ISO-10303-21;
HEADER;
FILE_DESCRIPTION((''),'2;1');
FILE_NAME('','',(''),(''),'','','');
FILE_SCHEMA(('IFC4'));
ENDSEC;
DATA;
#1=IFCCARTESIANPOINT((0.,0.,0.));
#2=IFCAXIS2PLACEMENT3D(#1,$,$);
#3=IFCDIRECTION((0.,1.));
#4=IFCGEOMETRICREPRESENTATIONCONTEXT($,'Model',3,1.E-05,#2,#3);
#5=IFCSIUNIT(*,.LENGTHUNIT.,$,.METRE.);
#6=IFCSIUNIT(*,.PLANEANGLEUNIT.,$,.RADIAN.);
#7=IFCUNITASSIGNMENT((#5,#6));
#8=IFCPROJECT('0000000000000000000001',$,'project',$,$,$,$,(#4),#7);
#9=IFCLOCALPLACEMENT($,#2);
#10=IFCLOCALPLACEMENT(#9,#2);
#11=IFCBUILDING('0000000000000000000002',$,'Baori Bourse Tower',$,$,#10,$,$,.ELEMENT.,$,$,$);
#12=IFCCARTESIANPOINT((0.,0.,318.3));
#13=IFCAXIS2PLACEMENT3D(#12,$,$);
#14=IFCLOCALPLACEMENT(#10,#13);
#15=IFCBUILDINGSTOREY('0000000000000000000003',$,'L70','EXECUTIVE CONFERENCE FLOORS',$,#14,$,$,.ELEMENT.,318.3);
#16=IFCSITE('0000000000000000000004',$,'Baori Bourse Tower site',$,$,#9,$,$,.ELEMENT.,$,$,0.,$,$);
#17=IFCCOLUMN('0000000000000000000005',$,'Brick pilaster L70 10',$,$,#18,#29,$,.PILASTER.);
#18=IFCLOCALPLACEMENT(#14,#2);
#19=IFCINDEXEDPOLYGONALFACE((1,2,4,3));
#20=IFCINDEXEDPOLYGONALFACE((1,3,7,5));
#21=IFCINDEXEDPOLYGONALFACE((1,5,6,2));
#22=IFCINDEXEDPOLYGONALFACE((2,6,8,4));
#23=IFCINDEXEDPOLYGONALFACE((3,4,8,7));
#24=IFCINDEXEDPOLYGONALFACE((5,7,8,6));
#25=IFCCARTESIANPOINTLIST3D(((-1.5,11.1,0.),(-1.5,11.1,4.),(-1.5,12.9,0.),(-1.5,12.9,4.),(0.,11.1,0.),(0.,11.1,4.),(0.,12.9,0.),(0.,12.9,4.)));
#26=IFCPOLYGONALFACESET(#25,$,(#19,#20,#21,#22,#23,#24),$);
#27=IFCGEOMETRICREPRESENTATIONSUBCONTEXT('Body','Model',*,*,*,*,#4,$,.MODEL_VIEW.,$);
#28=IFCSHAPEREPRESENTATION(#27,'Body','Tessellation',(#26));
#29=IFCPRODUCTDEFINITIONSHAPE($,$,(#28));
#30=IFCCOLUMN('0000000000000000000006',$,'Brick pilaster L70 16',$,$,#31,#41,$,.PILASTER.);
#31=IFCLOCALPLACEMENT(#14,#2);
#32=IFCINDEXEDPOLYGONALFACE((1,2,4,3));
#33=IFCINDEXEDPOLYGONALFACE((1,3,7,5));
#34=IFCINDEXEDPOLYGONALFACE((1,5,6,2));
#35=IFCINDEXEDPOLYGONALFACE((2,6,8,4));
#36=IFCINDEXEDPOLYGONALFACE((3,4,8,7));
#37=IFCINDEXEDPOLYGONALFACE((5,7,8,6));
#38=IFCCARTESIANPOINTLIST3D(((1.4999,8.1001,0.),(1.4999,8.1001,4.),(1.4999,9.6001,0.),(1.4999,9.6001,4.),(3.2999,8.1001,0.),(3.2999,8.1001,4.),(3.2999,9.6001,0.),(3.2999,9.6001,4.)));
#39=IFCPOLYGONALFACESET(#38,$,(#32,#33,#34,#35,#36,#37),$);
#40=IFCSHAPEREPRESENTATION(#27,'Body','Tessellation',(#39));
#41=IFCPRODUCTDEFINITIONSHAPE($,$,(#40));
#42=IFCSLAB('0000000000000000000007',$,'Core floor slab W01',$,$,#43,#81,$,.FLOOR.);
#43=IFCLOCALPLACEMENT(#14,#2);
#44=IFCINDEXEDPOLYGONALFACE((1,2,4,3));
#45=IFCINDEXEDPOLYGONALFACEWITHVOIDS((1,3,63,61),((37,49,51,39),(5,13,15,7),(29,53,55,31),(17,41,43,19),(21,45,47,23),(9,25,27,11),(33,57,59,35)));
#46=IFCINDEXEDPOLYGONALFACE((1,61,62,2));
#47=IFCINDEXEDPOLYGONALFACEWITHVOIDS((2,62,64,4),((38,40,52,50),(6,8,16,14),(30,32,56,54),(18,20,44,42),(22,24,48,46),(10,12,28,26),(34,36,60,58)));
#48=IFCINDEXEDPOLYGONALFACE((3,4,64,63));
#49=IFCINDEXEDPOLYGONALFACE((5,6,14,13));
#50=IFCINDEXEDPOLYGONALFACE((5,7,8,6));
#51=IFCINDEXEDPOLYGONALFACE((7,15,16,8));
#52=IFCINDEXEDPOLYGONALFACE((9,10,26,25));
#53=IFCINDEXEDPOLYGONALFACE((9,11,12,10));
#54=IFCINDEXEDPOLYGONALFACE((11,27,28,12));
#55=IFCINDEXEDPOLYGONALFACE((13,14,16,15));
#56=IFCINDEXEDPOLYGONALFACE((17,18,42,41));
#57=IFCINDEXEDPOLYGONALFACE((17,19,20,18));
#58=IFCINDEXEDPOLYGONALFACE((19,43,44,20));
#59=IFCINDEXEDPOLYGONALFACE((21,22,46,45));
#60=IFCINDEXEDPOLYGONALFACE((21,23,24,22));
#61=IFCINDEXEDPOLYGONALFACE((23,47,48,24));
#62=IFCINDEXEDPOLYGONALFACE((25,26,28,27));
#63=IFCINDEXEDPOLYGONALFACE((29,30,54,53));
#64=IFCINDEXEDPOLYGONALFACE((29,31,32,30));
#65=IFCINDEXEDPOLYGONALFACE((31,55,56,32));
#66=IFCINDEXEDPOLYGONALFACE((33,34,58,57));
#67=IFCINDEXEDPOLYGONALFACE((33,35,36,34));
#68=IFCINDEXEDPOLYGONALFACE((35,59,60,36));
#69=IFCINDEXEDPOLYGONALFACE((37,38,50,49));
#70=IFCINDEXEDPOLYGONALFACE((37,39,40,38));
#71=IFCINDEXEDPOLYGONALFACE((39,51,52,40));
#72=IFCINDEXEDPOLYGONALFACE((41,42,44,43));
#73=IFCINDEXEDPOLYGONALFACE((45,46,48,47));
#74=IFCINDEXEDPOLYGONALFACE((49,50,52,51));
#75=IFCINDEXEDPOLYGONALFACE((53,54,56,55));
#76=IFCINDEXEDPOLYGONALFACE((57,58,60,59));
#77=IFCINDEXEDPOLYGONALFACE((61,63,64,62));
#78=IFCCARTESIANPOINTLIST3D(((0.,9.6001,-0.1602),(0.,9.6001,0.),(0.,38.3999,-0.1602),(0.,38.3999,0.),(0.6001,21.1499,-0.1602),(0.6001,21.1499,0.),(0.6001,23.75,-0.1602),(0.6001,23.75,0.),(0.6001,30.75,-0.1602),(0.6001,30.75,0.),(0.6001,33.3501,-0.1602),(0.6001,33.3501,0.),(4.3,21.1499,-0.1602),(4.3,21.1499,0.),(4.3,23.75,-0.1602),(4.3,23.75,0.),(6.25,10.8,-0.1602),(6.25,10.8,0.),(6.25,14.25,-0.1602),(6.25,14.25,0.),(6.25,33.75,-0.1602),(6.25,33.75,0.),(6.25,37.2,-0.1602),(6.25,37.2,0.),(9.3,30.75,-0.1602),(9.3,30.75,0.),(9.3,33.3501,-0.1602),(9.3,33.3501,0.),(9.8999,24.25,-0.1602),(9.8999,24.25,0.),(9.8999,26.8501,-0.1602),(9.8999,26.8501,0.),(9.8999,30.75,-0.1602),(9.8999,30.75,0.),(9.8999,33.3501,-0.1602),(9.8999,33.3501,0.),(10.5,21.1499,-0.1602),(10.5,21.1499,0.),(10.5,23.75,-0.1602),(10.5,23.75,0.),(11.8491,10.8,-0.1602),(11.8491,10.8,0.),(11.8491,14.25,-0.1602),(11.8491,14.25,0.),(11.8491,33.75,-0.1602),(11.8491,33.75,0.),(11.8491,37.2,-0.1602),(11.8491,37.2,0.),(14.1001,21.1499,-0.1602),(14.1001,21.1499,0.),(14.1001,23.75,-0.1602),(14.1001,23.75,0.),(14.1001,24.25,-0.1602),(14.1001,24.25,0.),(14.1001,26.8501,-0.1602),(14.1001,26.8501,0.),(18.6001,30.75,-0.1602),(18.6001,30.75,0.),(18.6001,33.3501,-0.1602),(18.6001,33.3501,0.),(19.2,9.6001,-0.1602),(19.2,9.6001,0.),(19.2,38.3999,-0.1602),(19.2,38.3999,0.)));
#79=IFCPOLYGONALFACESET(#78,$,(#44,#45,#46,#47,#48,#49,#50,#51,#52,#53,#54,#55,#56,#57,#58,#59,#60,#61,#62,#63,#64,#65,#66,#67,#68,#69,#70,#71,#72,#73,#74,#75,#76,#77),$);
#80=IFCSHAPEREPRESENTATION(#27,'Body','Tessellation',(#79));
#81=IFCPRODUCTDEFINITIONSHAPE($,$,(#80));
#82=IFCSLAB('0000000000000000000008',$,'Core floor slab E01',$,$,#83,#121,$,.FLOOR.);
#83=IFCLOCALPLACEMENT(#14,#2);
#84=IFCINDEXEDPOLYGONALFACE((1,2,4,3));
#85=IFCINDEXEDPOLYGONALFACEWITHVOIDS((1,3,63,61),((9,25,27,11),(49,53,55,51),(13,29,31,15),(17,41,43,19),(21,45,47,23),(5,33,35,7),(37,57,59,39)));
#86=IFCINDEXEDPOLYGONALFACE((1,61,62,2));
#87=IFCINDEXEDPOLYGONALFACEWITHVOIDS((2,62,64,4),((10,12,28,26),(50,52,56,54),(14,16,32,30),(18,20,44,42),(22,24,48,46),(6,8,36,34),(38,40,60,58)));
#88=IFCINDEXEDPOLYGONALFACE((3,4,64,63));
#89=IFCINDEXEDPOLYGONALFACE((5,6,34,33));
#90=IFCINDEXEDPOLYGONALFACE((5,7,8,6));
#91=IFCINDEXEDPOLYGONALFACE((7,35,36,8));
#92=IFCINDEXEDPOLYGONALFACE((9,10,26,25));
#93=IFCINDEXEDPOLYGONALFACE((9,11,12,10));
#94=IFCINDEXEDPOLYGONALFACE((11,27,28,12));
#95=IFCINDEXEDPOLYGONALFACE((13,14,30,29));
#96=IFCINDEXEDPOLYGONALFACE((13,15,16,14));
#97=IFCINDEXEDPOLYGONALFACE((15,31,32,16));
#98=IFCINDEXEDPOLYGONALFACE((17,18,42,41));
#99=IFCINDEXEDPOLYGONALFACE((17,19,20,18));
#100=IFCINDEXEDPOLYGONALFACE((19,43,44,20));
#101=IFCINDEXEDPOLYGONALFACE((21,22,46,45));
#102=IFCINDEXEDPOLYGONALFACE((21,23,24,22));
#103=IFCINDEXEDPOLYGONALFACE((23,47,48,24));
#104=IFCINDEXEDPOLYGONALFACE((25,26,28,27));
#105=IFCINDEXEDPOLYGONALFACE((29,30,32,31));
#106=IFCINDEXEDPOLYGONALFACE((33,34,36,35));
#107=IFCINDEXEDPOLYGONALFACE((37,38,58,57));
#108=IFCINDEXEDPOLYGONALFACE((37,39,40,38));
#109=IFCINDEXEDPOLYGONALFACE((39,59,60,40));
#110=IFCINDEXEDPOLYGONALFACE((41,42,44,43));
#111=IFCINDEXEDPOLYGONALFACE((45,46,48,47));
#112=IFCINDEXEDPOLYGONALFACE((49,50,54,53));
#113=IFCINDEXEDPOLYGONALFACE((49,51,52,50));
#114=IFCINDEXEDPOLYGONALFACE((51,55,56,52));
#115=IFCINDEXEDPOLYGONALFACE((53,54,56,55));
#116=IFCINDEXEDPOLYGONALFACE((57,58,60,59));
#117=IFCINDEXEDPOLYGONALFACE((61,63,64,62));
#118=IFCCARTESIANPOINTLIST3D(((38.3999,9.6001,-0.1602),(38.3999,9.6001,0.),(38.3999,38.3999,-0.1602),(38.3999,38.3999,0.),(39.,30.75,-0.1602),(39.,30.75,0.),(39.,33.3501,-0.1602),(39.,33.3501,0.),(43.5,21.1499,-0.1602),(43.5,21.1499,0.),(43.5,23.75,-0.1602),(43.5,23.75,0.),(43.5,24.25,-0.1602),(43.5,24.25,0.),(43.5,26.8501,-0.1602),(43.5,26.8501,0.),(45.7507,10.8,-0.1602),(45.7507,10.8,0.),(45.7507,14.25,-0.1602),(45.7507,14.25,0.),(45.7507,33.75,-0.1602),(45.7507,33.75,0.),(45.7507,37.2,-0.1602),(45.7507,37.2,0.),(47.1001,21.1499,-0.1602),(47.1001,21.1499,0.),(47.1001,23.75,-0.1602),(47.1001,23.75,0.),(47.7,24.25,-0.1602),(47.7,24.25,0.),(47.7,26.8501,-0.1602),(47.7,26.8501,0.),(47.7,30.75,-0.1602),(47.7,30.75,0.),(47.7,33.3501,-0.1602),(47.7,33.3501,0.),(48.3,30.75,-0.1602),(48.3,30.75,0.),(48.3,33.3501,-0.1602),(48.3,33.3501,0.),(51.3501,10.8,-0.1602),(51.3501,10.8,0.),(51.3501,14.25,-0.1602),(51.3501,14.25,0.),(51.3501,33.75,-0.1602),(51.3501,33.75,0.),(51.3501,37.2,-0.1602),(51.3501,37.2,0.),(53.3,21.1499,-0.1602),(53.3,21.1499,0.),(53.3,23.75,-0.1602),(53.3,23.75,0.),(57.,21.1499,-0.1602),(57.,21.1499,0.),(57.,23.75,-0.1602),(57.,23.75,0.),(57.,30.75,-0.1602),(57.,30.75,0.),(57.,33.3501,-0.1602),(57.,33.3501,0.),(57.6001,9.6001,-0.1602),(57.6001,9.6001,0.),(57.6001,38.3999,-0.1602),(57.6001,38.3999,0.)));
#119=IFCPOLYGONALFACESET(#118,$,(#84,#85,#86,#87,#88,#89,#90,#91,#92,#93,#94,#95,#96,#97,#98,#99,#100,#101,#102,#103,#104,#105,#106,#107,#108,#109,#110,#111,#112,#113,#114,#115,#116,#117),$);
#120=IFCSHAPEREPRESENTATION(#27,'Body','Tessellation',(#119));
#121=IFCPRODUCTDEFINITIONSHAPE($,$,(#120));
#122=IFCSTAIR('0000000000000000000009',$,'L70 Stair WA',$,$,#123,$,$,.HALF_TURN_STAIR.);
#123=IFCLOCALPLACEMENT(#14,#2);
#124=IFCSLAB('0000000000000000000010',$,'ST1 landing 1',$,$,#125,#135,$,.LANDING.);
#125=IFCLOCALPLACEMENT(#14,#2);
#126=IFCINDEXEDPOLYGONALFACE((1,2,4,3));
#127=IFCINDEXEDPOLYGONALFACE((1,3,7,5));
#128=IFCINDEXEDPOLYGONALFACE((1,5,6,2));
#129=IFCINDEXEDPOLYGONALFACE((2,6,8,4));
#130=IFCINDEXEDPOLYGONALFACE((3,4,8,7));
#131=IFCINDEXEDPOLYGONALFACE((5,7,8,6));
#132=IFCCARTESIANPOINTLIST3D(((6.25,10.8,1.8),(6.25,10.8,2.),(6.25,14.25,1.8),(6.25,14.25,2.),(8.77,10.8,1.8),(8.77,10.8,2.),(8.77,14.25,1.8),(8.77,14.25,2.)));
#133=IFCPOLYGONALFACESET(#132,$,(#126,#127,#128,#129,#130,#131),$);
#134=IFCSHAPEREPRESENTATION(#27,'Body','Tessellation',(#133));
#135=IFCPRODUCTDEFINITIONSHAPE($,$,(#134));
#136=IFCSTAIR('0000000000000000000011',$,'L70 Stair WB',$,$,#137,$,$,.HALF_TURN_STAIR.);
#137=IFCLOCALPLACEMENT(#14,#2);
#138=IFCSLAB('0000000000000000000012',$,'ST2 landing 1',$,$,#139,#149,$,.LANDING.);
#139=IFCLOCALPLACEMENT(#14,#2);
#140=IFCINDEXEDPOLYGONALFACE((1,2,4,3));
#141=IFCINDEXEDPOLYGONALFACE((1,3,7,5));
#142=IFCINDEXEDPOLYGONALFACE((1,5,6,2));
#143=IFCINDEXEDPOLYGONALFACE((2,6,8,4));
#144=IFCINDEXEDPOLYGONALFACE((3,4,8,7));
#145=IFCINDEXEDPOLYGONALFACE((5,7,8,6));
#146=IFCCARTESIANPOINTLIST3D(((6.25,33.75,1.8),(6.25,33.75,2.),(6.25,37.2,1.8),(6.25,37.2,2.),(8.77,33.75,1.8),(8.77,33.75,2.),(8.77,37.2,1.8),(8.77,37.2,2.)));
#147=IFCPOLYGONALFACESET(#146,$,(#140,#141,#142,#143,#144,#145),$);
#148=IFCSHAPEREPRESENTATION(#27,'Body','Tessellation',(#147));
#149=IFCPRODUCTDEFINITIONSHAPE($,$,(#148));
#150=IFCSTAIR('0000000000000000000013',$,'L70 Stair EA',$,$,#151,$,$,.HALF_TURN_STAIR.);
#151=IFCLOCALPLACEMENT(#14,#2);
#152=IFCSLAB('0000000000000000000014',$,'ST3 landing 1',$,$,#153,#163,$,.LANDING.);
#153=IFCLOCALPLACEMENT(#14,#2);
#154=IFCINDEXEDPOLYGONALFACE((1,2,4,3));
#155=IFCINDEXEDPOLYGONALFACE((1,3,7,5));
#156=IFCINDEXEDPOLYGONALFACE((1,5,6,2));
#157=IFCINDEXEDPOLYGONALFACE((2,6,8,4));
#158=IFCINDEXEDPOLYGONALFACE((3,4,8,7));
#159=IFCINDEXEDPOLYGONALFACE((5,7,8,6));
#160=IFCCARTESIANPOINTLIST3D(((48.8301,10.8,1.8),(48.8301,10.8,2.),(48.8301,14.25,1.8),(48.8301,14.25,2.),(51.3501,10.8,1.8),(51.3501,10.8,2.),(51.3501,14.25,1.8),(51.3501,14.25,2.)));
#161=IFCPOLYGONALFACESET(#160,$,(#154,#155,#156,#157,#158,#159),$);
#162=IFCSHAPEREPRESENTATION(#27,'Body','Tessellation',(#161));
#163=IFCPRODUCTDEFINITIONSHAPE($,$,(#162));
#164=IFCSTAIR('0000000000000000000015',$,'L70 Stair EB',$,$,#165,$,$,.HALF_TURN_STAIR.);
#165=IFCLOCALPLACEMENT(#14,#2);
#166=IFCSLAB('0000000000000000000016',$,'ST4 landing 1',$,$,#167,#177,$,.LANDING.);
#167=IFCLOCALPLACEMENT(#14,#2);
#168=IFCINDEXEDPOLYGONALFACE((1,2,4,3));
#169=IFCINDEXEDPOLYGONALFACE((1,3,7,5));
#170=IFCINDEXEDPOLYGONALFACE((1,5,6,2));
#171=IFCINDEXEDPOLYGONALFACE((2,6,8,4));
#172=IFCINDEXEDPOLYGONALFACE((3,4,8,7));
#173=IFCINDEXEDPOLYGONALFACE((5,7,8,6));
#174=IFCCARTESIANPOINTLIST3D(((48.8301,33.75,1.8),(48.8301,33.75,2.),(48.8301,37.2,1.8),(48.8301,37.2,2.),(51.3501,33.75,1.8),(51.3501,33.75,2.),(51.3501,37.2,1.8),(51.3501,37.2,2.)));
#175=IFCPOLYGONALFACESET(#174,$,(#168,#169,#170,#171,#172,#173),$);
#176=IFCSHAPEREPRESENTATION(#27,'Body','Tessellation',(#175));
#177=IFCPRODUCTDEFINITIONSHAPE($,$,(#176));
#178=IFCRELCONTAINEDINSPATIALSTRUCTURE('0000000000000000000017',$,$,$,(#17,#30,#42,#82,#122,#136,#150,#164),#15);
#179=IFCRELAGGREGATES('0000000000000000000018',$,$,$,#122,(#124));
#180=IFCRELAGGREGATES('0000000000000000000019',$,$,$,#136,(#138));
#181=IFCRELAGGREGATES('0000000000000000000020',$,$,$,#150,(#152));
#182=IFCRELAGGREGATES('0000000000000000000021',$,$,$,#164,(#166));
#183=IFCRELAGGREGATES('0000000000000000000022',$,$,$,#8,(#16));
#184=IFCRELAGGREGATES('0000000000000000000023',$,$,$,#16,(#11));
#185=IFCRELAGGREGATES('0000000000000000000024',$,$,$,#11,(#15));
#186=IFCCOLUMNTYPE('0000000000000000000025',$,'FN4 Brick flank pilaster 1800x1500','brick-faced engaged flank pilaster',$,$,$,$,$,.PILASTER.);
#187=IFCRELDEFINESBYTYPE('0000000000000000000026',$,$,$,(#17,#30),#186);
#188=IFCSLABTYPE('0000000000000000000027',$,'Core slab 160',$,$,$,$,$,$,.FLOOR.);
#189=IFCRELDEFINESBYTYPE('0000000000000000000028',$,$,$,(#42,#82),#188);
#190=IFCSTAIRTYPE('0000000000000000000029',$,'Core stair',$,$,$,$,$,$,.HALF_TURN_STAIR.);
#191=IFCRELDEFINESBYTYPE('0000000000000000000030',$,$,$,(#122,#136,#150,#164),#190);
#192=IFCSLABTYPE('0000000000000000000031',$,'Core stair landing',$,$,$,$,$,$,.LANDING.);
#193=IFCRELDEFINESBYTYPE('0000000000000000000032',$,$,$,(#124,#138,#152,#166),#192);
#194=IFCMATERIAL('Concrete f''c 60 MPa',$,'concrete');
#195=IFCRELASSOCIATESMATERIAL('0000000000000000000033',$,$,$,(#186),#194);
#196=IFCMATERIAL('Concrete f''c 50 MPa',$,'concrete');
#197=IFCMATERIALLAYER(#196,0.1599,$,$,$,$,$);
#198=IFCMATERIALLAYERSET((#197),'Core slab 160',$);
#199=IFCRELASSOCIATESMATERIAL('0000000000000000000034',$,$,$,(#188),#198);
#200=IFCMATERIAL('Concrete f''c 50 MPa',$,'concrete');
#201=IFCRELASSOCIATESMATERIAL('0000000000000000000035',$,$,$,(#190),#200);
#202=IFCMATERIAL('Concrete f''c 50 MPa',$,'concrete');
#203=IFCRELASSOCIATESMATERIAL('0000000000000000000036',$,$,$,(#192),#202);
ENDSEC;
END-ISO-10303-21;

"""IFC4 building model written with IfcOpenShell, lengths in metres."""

from ifc_helpers import new_model, si_unit, direction, frame, origin, origin_2d, place, context, subcontext, project, spatial, polyline, rectangle, outline, extrude, material, layer, layer_set, material_profile, profile_set, type_object, element, aggregate, save


model = new_model("IFC4")

# Units and contexts
model_context = context("Model", 3, precision=1e-05, world=origin(), true_north=direction((0.0, 1.0)))
body_context = subcontext(model_context, "Body", "Model", "MODEL_VIEW")
ifc_project = project(units=[si_unit("LENGTHUNIT", "METRE"), si_unit("PLANEANGLEUNIT", "RADIAN")], contexts=[model_context])

# Site, building, storey
site_placement = place(None, origin())
site = spatial("IfcSite", under=ifc_project, at=site_placement, Name="Baori Bourse Tower site", CompositionType="ELEMENT", RefElevation=0.0)
building_placement = place(site_placement, origin())
building = spatial("IfcBuilding", under=site, at=building_placement, Name="Baori Bourse Tower", CompositionType="ELEMENT")
storey_placement = place(building_placement, frame((0.0, 0.0, 318.3)))
storey = spatial("IfcBuildingStorey", under=building, at=storey_placement, Name="L70", Description="EXECUTIVE CONFERENCE FLOORS", CompositionType="ELEMENT", Elevation=318.3)

# Columns
ifc_material_1 = material(Name="Concrete f'c 60 MPa", Category="concrete")
ifc_material_profile = material_profile(ifc_material_1, rectangle(XDim=1.8, YDim=1.5, at=origin_2d()), Name="RC 1800x1500")
ifc_profile_set = profile_set([ifc_material_profile], Name="Concrete f'c 60 MPa")
column_type = type_object("IfcColumnType", Name="FN4 Brick flank pilaster 1800x1500", Description="brick-faced engaged flank pilaster", PredefinedType="PILASTER", material=ifc_profile_set)
for number, where, z_axis, x_axis, name in (
    (1, (-0.75, 12.0, 0.0), (0.0, 0.0, 1.0), (0.0, 1.0, 0.0), "Brick pilaster L70 10"),
    (2, (2.3999, 8.8501, 0.0), (0.0, 0.0, 1.0), (1.0, 0.0, 0.0), "Brick pilaster L70 16"),
):
    element("IfcColumn", number, at=place(storey_placement, frame(where, z_axis=z_axis, x_axis=x_axis)), inside=storey, type_object=column_type, Name=name, PredefinedType="PILASTER", context=body_context, shape_type="SweptSolid", body=[
        extrude(rectangle(XDim=1.8, YDim=1.5, at=origin_2d()), origin(), (0.0, 0.0, 1.0), 4.0),
    ])

# Slabs
ifc_material_2 = material(Name="Concrete f'c 50 MPa", Category="concrete")
ifc_layer_1 = layer(ifc_material_2, 0.1599)
ifc_layer_set_1 = layer_set([ifc_layer_1], Name="Core slab 160")
slab_type_1 = type_object("IfcSlabType", Name="Core slab 160", PredefinedType="FLOOR", material=ifc_layer_set_1)
slab_1_placement = place(storey_placement, frame((0.0, 0.0, -0.1602)))
element("IfcSlab", 3, at=slab_1_placement, inside=storey, type_object=slab_type_1, Name="Core floor slab W01", PredefinedType="FLOOR", context=body_context, shape_type="SweptSolid", body=[
    extrude(outline(polyline([(19.2, 38.3999), (0.0, 38.3999), (0.0, 9.6001), (19.2, 9.6001), (19.2, 38.3999)]), holes=[polyline([(9.8999, 33.3501), (18.6001, 33.3501), (18.6001, 30.75), (9.8999, 30.75), (9.8999, 33.3501)]), polyline([(10.5, 21.1499), (10.5, 23.75), (14.1001, 23.75), (14.1001, 21.1499), (10.5, 21.1499)]), polyline([(14.1001, 24.25), (9.8999, 24.25), (9.8999, 26.8501), (14.1001, 26.8501), (14.1001, 24.25)]), polyline([(6.25, 14.25), (11.8491, 14.25), (11.8491, 10.8), (6.25, 10.8), (6.25, 14.25)]), polyline([(11.8491, 37.2), (11.8491, 33.75), (6.25, 33.75), (6.25, 37.2), (11.8491, 37.2)]), polyline([(0.6001, 30.75), (0.6001, 33.3501), (9.3, 33.3501), (9.3, 30.75), (0.6001, 30.75)]), polyline([(4.3, 23.75), (4.3, 21.1499), (0.6001, 21.1499), (0.6001, 23.75), (4.3, 23.75)])]), origin(), (0.0, 0.0, 1.0), 0.1602),
])
slab_2_placement = place(storey_placement, frame((0.0, 0.0, -0.1602)))
element("IfcSlab", 4, at=slab_2_placement, inside=storey, type_object=slab_type_1, Name="Core floor slab E01", PredefinedType="FLOOR", context=body_context, shape_type="SweptSolid", body=[
    extrude(outline(polyline([(57.6001, 9.6001), (57.6001, 38.3999), (38.3999, 38.3999), (38.3999, 9.6001), (57.6001, 9.6001)]), holes=[polyline([(48.3, 33.3501), (57.0, 33.3501), (57.0, 30.75), (48.3, 30.75), (48.3, 33.3501)]), polyline([(57.0, 21.1499), (53.3, 21.1499), (53.3, 23.75), (57.0, 23.75), (57.0, 21.1499)]), polyline([(45.7507, 14.25), (51.3501, 14.25), (51.3501, 10.8), (45.7507, 10.8), (45.7507, 14.25)]), polyline([(51.3501, 37.2), (51.3501, 33.75), (45.7507, 33.75), (45.7507, 37.2), (51.3501, 37.2)]), polyline([(43.5, 24.25), (43.5, 26.8501), (47.7, 26.8501), (47.7, 24.25), (43.5, 24.25)]), polyline([(47.7, 33.3501), (47.7, 30.75), (39.0, 30.75), (39.0, 33.3501), (47.7, 33.3501)]), polyline([(43.5, 23.75), (47.1001, 23.75), (47.1001, 21.1499), (43.5, 21.1499), (43.5, 23.75)])]), origin(), (0.0, 0.0, 1.0), 0.1602),
])

# Stairs, slabs
ifc_material_3 = material(Name="Concrete f'c 50 MPa", Category="concrete")
stair_type = type_object("IfcStairType", Name="Core stair", PredefinedType="HALF_TURN_STAIR", material=ifc_material_3)
stair_1_placement = place(storey_placement, origin())
stair_1 = element("IfcStair", 5, at=stair_1_placement, inside=storey, type_object=stair_type, Name="L70 Stair WA", PredefinedType="HALF_TURN_STAIR")
ifc_material_4 = material(Name="Concrete f'c 50 MPa", Category="concrete")
slab_type_2 = type_object("IfcSlabType", Name="Core stair landing", PredefinedType="LANDING", material=ifc_material_4)
slab_3_placement = place(storey_placement, frame((0.0, 0.0, 1.8)))
slab_3 = element("IfcSlab", 6, at=slab_3_placement, type_object=slab_type_2, Name="ST1 landing 1", PredefinedType="LANDING", context=body_context, shape_type="SweptSolid", body=[
    extrude(outline(polyline([(8.77, 14.25), (6.25, 14.25), (6.25, 10.8), (8.77, 10.8), (8.77, 14.25)])), origin(), (0.0, 0.0, 1.0), 0.2),
])
aggregate(stair_1, [slab_3])
stair_2_placement = place(storey_placement, origin())
stair_2 = element("IfcStair", 7, at=stair_2_placement, inside=storey, type_object=stair_type, Name="L70 Stair WB", PredefinedType="HALF_TURN_STAIR")
slab_4_placement = place(storey_placement, frame((0.0, 0.0, 1.8)))
slab_4 = element("IfcSlab", 8, at=slab_4_placement, type_object=slab_type_2, Name="ST2 landing 1", PredefinedType="LANDING", context=body_context, shape_type="SweptSolid", body=[
    extrude(outline(polyline([(8.77, 37.2), (6.25, 37.2), (6.25, 33.75), (8.77, 33.75), (8.77, 37.2)])), origin(), (0.0, 0.0, 1.0), 0.2),
])
aggregate(stair_2, [slab_4])
stair_3_placement = place(storey_placement, origin())
stair_3 = element("IfcStair", 9, at=stair_3_placement, inside=storey, type_object=stair_type, Name="L70 Stair EA", PredefinedType="HALF_TURN_STAIR")
slab_5_placement = place(storey_placement, frame((0.0, 0.0, 1.8)))
slab_5 = element("IfcSlab", 10, at=slab_5_placement, type_object=slab_type_2, Name="ST3 landing 1", PredefinedType="LANDING", context=body_context, shape_type="SweptSolid", body=[
    extrude(outline(polyline([(48.8301, 10.8), (51.3501, 10.8), (51.3501, 14.25), (48.8301, 14.25), (48.8301, 10.8)])), origin(), (0.0, 0.0, 1.0), 0.2),
])
aggregate(stair_3, [slab_5])
stair_4_placement = place(storey_placement, origin())
stair_4 = element("IfcStair", 11, at=stair_4_placement, inside=storey, type_object=stair_type, Name="L70 Stair EB", PredefinedType="HALF_TURN_STAIR")
slab_6_placement = place(storey_placement, frame((0.0, 0.0, 1.8)))
slab_6 = element("IfcSlab", 12, at=slab_6_placement, type_object=slab_type_2, Name="ST4 landing 1", PredefinedType="LANDING", context=body_context, shape_type="SweptSolid", body=[
    extrude(outline(polyline([(48.8301, 33.75), (51.3501, 33.75), (51.3501, 37.2), (48.8301, 37.2), (48.8301, 33.75)])), origin(), (0.0, 0.0, 1.0), 0.2),
])
aggregate(stair_4, [slab_6])

save(model, "model.ifc")
